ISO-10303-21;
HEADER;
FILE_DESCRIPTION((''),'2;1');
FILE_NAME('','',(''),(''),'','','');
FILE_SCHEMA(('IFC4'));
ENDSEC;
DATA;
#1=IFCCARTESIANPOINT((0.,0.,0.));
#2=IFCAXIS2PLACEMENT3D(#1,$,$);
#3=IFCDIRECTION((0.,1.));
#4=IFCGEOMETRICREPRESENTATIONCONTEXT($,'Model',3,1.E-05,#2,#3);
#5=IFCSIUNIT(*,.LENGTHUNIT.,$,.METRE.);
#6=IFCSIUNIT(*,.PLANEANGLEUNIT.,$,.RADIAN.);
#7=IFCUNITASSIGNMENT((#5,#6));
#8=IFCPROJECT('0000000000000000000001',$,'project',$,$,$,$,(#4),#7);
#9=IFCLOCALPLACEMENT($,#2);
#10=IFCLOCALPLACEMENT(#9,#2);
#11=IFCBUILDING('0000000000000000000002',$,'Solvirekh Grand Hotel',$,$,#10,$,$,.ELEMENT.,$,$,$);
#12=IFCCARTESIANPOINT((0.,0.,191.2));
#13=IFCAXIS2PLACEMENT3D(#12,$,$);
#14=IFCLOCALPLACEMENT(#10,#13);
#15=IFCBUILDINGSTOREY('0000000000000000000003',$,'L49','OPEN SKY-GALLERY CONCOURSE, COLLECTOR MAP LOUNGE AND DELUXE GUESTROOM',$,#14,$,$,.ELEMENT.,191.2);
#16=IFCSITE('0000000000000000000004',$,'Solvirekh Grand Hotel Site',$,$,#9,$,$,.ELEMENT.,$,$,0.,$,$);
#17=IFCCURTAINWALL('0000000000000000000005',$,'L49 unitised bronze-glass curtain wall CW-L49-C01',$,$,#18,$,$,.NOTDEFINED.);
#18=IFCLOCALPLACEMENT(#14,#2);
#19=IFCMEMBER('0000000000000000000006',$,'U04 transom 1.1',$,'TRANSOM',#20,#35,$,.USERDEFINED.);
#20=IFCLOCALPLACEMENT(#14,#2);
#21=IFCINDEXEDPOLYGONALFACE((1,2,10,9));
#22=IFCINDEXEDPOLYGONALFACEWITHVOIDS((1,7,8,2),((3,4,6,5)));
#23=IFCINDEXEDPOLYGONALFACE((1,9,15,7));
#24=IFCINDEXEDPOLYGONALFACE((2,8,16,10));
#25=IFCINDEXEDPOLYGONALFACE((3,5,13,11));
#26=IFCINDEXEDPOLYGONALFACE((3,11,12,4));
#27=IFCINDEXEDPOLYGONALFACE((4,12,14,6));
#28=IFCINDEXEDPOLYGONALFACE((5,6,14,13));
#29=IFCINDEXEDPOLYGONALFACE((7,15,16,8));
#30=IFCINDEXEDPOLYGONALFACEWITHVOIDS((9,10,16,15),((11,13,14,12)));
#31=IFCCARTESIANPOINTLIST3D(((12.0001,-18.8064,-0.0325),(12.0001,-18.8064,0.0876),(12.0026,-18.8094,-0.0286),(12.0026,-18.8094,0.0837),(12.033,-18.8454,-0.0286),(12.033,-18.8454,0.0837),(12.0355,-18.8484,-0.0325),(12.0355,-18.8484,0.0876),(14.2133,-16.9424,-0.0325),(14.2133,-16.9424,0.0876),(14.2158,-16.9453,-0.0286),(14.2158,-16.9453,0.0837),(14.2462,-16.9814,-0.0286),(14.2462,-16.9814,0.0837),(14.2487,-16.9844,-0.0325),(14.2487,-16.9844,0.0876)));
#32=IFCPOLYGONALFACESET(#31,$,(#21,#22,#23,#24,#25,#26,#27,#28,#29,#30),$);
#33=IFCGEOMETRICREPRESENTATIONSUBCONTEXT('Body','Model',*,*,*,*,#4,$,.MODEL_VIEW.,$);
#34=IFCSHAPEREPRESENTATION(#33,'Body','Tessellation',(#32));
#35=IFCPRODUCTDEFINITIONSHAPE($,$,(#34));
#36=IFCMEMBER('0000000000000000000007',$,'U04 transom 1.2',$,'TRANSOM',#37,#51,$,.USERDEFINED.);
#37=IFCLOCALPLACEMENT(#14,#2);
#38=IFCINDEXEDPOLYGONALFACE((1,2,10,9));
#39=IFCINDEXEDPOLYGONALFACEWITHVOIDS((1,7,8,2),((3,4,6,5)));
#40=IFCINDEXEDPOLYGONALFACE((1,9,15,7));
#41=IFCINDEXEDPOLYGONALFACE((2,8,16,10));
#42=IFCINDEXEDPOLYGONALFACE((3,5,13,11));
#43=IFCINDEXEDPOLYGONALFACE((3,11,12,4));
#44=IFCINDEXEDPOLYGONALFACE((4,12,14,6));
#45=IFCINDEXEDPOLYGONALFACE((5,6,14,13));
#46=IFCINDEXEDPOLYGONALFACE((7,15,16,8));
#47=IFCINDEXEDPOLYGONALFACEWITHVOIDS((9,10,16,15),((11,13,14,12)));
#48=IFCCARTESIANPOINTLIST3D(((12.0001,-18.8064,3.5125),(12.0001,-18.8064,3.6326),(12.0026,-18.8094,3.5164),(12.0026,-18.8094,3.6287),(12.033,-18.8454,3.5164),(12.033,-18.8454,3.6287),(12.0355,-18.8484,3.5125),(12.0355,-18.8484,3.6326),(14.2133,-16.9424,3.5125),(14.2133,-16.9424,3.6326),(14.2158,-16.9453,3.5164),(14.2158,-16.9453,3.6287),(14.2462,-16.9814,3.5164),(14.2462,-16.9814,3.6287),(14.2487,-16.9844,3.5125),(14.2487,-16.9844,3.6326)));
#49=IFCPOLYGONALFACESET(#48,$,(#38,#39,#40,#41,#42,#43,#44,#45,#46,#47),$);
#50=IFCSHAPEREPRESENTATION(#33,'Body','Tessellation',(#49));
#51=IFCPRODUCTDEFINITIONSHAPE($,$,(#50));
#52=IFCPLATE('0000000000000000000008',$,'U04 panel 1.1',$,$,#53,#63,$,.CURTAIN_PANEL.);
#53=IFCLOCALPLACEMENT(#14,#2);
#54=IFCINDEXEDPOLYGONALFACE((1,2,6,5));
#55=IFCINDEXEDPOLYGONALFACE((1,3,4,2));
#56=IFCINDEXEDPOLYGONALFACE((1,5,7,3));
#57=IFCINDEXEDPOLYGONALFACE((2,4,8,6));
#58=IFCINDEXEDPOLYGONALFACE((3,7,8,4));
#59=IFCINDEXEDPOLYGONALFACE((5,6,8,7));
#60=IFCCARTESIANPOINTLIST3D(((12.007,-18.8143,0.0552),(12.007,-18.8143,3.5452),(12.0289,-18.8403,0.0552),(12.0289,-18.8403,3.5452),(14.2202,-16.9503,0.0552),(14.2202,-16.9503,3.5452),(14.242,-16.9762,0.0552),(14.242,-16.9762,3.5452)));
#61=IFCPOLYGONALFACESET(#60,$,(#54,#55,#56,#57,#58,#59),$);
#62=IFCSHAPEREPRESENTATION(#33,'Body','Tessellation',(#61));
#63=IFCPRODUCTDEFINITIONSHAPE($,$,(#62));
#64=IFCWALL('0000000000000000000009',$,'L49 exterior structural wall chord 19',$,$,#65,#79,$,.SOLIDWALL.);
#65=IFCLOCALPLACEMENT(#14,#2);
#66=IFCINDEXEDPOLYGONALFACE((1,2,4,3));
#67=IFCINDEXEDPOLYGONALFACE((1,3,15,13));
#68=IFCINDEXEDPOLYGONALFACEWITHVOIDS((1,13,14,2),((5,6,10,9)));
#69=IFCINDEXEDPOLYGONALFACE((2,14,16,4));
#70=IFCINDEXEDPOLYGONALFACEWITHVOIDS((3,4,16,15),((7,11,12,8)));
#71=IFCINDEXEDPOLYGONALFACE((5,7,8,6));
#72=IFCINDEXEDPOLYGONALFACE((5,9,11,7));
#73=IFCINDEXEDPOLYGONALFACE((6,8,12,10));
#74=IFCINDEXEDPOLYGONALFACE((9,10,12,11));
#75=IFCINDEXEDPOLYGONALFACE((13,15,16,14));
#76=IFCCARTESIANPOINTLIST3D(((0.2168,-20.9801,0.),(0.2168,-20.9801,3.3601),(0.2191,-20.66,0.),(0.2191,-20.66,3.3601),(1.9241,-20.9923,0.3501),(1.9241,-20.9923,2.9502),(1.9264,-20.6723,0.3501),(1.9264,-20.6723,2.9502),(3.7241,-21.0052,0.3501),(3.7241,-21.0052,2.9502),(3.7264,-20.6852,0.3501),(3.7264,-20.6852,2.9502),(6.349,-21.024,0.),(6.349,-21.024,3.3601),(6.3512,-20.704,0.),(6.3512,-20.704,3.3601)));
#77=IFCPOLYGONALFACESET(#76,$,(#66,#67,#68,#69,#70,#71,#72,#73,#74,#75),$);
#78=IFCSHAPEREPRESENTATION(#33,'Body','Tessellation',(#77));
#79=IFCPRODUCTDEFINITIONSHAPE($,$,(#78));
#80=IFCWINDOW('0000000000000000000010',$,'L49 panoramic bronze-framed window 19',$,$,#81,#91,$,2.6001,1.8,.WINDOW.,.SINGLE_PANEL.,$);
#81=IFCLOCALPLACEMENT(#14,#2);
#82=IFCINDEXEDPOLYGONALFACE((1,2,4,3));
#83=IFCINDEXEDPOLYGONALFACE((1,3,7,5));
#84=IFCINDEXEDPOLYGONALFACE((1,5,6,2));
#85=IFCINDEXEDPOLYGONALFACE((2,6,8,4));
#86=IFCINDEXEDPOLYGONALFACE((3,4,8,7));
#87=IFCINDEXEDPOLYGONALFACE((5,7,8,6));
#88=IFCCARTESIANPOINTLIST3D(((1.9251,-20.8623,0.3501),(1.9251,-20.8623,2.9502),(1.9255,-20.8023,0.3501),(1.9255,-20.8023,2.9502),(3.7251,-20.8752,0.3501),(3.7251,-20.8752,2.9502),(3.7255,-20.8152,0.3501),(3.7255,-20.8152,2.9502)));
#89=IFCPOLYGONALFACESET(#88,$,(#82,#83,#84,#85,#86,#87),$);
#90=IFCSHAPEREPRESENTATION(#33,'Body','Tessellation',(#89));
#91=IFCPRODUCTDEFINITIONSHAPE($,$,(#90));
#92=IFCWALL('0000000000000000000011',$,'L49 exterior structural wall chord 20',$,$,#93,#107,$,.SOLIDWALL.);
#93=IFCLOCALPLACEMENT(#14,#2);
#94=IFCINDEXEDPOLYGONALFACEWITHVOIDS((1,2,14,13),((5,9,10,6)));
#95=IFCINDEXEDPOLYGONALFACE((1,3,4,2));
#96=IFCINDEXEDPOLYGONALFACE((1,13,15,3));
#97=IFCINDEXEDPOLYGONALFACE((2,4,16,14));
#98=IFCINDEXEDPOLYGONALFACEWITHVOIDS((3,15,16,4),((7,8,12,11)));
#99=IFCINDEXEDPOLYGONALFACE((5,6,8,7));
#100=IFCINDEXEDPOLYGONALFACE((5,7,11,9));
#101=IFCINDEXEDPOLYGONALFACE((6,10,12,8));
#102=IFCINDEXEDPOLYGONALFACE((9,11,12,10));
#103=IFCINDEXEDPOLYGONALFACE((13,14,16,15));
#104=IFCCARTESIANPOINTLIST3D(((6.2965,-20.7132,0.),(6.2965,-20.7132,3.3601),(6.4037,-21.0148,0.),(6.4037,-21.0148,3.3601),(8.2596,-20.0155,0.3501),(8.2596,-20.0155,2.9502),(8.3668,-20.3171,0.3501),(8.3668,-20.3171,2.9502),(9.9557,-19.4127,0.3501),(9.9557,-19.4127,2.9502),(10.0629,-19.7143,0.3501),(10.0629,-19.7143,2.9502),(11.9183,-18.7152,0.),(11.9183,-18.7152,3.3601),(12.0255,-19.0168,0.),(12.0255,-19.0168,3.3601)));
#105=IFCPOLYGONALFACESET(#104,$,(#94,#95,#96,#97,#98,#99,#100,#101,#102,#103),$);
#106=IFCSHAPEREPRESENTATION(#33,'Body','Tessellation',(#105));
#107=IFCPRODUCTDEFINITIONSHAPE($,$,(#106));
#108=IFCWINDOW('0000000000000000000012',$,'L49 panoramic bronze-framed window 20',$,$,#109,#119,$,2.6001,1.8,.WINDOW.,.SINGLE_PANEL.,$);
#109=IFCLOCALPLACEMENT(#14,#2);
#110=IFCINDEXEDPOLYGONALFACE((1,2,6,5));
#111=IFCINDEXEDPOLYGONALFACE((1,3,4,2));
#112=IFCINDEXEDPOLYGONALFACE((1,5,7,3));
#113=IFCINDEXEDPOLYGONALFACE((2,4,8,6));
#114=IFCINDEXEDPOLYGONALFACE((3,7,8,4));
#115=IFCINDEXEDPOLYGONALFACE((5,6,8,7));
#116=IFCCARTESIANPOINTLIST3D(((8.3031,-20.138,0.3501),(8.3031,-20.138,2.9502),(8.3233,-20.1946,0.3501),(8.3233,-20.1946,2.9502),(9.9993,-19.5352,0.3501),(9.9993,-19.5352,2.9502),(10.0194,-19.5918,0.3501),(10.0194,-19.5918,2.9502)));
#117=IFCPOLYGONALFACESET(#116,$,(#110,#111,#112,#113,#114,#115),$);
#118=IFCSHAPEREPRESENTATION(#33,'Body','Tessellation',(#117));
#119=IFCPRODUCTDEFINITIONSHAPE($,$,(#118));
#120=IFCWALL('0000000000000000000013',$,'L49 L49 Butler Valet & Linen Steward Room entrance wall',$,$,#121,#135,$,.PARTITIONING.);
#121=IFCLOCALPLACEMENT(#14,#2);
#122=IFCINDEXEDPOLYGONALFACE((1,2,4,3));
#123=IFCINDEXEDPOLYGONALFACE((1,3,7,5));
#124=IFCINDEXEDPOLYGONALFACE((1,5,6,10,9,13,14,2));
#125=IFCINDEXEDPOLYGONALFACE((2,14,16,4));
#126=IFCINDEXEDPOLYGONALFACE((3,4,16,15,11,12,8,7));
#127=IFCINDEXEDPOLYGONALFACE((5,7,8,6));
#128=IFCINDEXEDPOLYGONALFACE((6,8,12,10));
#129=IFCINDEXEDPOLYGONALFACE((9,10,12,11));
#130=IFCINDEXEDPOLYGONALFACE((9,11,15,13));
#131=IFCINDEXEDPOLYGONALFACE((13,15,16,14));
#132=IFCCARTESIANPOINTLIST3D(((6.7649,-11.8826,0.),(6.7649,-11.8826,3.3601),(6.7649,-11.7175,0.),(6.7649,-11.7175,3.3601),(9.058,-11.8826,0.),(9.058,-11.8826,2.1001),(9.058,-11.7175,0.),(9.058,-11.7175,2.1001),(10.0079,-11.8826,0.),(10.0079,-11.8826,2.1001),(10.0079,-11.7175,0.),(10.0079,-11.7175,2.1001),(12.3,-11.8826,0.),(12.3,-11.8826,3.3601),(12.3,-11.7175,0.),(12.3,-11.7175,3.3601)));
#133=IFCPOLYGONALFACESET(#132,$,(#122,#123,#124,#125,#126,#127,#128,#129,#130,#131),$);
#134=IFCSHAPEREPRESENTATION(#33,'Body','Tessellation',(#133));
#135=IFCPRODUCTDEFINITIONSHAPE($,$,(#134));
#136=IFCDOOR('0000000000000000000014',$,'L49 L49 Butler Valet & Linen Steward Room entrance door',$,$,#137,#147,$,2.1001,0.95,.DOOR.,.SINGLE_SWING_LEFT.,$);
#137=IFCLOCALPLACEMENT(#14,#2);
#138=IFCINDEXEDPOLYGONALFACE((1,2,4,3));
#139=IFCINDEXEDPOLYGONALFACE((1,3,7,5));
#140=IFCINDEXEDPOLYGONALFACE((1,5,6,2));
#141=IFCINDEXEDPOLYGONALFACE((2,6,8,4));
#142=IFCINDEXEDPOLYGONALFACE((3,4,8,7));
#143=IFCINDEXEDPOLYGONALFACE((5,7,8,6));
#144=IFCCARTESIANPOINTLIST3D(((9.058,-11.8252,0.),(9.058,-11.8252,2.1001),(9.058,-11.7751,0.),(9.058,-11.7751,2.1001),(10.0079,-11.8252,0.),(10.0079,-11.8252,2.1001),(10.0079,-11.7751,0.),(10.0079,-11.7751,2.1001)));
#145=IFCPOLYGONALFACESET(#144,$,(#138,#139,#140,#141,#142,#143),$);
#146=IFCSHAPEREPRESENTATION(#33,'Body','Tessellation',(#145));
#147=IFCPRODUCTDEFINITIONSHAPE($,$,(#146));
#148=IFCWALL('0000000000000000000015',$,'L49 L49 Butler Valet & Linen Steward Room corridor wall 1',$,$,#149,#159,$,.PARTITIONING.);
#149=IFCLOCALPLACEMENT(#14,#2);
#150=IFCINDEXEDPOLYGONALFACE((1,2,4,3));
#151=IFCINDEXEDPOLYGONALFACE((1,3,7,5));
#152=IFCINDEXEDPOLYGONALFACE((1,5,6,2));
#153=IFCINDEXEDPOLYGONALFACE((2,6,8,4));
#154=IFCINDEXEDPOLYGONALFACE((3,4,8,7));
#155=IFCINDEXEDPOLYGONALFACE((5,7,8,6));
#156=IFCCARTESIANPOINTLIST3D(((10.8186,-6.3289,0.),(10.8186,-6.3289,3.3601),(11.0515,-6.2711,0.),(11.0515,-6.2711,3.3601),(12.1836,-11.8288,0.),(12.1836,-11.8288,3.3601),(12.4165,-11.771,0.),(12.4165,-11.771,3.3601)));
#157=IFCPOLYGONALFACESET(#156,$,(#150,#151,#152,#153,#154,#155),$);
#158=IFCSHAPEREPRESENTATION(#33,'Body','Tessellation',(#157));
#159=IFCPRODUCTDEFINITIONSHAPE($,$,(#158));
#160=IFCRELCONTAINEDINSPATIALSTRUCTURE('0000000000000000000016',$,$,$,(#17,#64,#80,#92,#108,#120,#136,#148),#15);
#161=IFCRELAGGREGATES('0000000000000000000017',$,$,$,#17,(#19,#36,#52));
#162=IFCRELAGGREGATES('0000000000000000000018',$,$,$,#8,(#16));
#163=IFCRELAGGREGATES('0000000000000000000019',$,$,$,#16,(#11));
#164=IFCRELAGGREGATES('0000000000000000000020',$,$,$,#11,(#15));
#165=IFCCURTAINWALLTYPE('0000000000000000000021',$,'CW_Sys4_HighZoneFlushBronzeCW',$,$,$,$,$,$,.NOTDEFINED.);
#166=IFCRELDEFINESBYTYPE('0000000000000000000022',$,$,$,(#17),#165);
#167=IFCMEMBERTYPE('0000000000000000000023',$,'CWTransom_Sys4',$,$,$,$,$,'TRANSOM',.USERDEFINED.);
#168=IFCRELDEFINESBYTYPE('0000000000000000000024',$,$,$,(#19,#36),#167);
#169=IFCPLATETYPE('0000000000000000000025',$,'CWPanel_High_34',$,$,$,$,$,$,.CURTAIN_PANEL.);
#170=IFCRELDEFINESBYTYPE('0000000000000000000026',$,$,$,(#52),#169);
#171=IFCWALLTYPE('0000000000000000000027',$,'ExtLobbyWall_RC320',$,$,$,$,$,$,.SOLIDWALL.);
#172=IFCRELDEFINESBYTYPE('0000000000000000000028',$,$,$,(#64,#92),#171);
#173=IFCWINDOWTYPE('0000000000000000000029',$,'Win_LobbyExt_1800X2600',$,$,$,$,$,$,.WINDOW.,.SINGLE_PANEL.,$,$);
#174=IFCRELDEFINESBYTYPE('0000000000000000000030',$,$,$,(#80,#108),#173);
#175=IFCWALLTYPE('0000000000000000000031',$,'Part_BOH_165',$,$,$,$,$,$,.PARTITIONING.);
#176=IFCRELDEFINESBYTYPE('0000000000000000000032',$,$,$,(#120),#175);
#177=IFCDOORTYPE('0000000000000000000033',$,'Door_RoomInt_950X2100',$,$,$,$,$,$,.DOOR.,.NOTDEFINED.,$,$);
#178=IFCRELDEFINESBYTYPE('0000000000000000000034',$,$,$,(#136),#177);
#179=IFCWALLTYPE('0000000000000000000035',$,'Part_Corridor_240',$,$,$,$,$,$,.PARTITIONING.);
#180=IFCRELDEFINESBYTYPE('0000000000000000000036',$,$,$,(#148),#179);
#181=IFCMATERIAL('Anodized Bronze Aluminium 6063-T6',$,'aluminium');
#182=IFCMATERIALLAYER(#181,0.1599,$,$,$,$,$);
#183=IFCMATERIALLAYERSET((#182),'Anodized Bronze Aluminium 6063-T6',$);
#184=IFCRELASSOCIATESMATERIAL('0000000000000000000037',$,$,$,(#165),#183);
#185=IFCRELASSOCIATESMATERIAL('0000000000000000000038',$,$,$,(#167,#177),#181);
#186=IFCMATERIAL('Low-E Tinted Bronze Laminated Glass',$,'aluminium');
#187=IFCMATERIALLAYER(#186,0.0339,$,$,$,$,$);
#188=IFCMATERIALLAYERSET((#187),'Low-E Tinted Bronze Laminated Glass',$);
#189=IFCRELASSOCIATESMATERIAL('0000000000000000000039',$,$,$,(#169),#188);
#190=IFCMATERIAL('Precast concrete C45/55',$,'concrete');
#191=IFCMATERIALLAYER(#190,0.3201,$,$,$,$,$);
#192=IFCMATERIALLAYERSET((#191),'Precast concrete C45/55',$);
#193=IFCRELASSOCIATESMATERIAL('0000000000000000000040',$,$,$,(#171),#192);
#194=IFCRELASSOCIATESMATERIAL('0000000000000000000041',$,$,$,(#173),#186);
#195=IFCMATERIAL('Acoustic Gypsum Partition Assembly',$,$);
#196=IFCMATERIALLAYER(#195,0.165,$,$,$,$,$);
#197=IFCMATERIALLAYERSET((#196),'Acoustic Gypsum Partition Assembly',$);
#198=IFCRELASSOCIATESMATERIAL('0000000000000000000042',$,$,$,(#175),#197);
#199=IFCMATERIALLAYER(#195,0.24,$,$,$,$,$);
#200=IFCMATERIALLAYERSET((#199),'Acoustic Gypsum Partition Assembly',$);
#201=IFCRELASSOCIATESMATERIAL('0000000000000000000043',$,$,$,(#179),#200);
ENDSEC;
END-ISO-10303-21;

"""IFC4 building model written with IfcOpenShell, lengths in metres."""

from ifc_helpers import new_model, si_unit, direction, frame, frame_2d, origin, origin_2d, place, context, subcontext, project, spatial, rectangle, hollow_rectangle, extrude, source, transform, mapped, material, layer, layer_set, material_profile, profile_set, type_object, element, fill, aggregate, save


model = new_model("IFC4")

# Units and contexts
model_context = context("Model", 3, precision=1e-05, world=origin(), true_north=direction((0.0, 1.0)))
body_context = subcontext(model_context, "Body", "Model", "MODEL_VIEW")
ifc_project = project(units=[si_unit("LENGTHUNIT", "METRE"), si_unit("PLANEANGLEUNIT", "RADIAN")], contexts=[model_context])

# Site, building, storey
site_placement = place(None, origin())
site = spatial("IfcSite", under=ifc_project, at=site_placement, Name="Solvirekh Grand Hotel Site", CompositionType="ELEMENT", RefElevation=0.0)
building_placement = place(site_placement, origin())
building = spatial("IfcBuilding", under=site, at=building_placement, Name="Solvirekh Grand Hotel", CompositionType="ELEMENT")
storey_placement = place(building_placement, frame((0.0, 0.0, 191.2)))
storey = spatial("IfcBuildingStorey", under=building, at=storey_placement, Name="L49", Description="OPEN SKY-GALLERY CONCOURSE, COLLECTOR MAP LOUNGE AND DELUXE GUESTROOM", CompositionType="ELEMENT", Elevation=191.2)

# Curtain wall
ifc_material_1 = material(Name="Anodized Bronze Aluminium 6063-T6", Category="aluminium")
ifc_layer_1 = layer(ifc_material_1, 0.1599)
ifc_layer_set_1 = layer_set([ifc_layer_1], Name="Anodized Bronze Aluminium 6063-T6")
curtain_wall_type = type_object("IfcCurtainWallType", Name="CW_Sys4_HighZoneFlushBronzeCW", PredefinedType="NOTDEFINED", material=ifc_layer_set_1)
curtain_wall_1_placement = place(storey_placement, origin())
curtain_wall_1 = element("IfcCurtainWall", 1, at=curtain_wall_1_placement, inside=storey, type_object=curtain_wall_type, Name="L49 unitised bronze-glass curtain wall CW-L49-C01", PredefinedType="NOTDEFINED")

# Members
ifc_material_profile_1 = material_profile(ifc_material_1, hollow_rectangle(XDim=0.0549, YDim=0.1201, WallThickness=0.0039, at=origin_2d()), Name="ALU RHS 120X55X4")
ifc_profile_set_1 = profile_set([ifc_material_profile_1], Name="Anodized Bronze Aluminium 6063-T6")
member_type_1 = type_object("IfcMemberType", Name="CWTransom_Sys4", ElementType="TRANSOM", PredefinedType="USERDEFINED", material=ifc_profile_set_1)
shared_shape_1 = source(origin(), body_context, "Body", "SweptSolid", [
    extrude(hollow_rectangle(XDim=0.0549, YDim=0.1201, WallThickness=0.0039, at=origin_2d()), origin(), (0.0, 0.0, 1.0), 2.8936),
])
member_1_placement = place(storey_placement, frame((12.0178, -18.8274, 0.0276), z_axis=(0.764856, 0.644201, 0.0), x_axis=(-0.644201, 0.764856, 0.0)))
member_1 = element("IfcMember", 2, at=member_1_placement, type_object=member_type_1, Name="U04 transom 1.1", ObjectType="TRANSOM", PredefinedType="USERDEFINED", context=body_context, shape_type="MappedRepresentation", body=[
    mapped(shared_shape_1, transform((0.0, 0.0, 0.0), x_axis=(1.0, 0.0, 0.0), y_axis=(0.0, 1.0, 0.0), z_axis=(0.0, 0.0, 1.0), scale=1.0)),
])
member_2_placement = place(storey_placement, frame((12.0178, -18.8274, 3.5725), z_axis=(0.764856, 0.644201, 0.0), x_axis=(-0.644201, 0.764856, 0.0)))
member_2 = element("IfcMember", 3, at=member_2_placement, type_object=member_type_1, Name="U04 transom 1.2", ObjectType="TRANSOM", PredefinedType="USERDEFINED", context=body_context, shape_type="MappedRepresentation", body=[
    mapped(shared_shape_1, transform((0.0, 0.0, 0.0), x_axis=(1.0, 0.0, 0.0), y_axis=(0.0, 1.0, 0.0), z_axis=(0.0, 0.0, 1.0), scale=1.0)),
])

# Plate
ifc_material_2 = material(Name="Low-E Tinted Bronze Laminated Glass", Category="aluminium")
ifc_layer_2 = layer(ifc_material_2, 0.0339)
ifc_layer_set_2 = layer_set([ifc_layer_2], Name="Low-E Tinted Bronze Laminated Glass")
plate_type = type_object("IfcPlateType", Name="CWPanel_High_34", PredefinedType="CURTAIN_PANEL", material=ifc_layer_set_2)
shared_shape_2 = source(origin(), body_context, "Body", "SweptSolid", [
    extrude(rectangle(XDim=2.8936, YDim=0.0339, at=origin_2d()), origin(), (0.0, 0.0, 1.0), 3.49),
])
plate_placement = place(storey_placement, frame((13.1245, -17.8953, 0.0552), z_axis=(0.0, 0.0, 1.0), x_axis=(0.764859, 0.644198, 0.0)))
plate = element("IfcPlate", 4, at=plate_placement, type_object=plate_type, Name="U04 panel 1.1", PredefinedType="CURTAIN_PANEL", context=body_context, shape_type="MappedRepresentation", body=[
    mapped(shared_shape_2, transform((0.0, 0.0, 0.0), x_axis=(1.0, 0.0, 0.0), y_axis=(0.0, 1.0, 0.0), z_axis=(0.0, 0.0, 1.0), scale=1.0)),
])
aggregate(curtain_wall_1, [member_1, member_2, plate])

# Walls, openings, windows
ifc_material_3 = material(Name="Precast concrete C45/55", Category="concrete")
ifc_layer_3 = layer(ifc_material_3, 0.3201)
ifc_layer_set_3 = layer_set([ifc_layer_3], Name="Precast concrete C45/55")
wall_type_1 = type_object("IfcWallType", Name="ExtLobbyWall_RC320", PredefinedType="SOLIDWALL", material=ifc_layer_set_3)
wall_1_placement = place(storey_placement, frame((6.3501, -20.864, 0.0), z_axis=(0.0, 0.0, 1.0), x_axis=(-0.999974, 0.007166, 0.0)))
wall_1 = element("IfcWall", 5, at=wall_1_placement, inside=storey, type_object=wall_type_1, Name="L49 exterior structural wall chord 19", PredefinedType="SOLIDWALL", context=body_context, shape_type="SweptSolid", body=[
    extrude(rectangle(XDim=6.1323, YDim=0.3201, at=frame_2d((3.0662, 0.0))), origin(), (0.0, 0.0, 1.0), 3.3601),
])
opening_1_placement = place(wall_1_placement, frame((2.625, 0.0, 0.3501)))
opening_1 = element("IfcOpeningElement", 6, at=opening_1_placement, cuts=wall_1, PredefinedType="OPENING", context=body_context, shape_type="SweptSolid", body=[
    extrude(rectangle(XDim=1.8, YDim=2.6001, at=frame_2d((0.8999, 1.3))), frame((0.0, 0.1699, 0.0), z_axis=(0.0, -1.0, 0.0), x_axis=(1.0, 0.0, 0.0)), (0.0, 0.0, 1.0), 0.3401),
])
window_type = type_object("IfcWindowType", Name="Win_LobbyExt_1800X2600", PartitioningType="SINGLE_PANEL", PredefinedType="WINDOW", material=ifc_material_2)
window_1_placement = place(opening_1_placement, origin())
window_1 = element("IfcWindow", 7, at=window_1_placement, inside=storey, type_object=window_type, Name="L49 panoramic bronze-framed window 19", OverallHeight=2.6001, OverallWidth=1.8, PartitioningType="SINGLE_PANEL", PredefinedType="WINDOW", context=body_context, shape_type="SweptSolid", body=[
    extrude(rectangle(XDim=1.8, YDim=2.6001, at=frame_2d((0.8999, 1.3))), frame((0.0, 0.03, 0.0), z_axis=(0.0, -1.0, 0.0), x_axis=(1.0, 0.0, 0.0)), (0.0, 0.0, 1.0), 0.0601),
])
fill(opening_1, window_1)
wall_2_placement = place(storey_placement, frame((11.9719, -18.866, 0.0), z_axis=(0.0, 0.0, 1.0), x_axis=(-0.942258, -0.334887, 0.0)))
wall_2 = element("IfcWall", 8, at=wall_2_placement, inside=storey, type_object=wall_type_1, Name="L49 exterior structural wall chord 20", PredefinedType="SOLIDWALL", context=body_context, shape_type="SweptSolid", body=[
    extrude(rectangle(XDim=5.9663, YDim=0.3201, at=frame_2d((2.9832, 0.0))), origin(), (0.0, 0.0, 1.0), 3.3601),
])
opening_2_placement = place(wall_2_placement, frame((2.083, 0.0, 0.3501)))
opening_2 = element("IfcOpeningElement", 9, at=opening_2_placement, cuts=wall_2, PredefinedType="OPENING", context=body_context, shape_type="SweptSolid", body=[
    extrude(rectangle(XDim=1.8, YDim=2.6001, at=frame_2d((0.8999, 1.3))), frame((0.0, 0.1699, 0.0), z_axis=(0.0, -1.0, 0.0), x_axis=(1.0, 0.0, 0.0)), (0.0, 0.0, 1.0), 0.3401),
])
window_2_placement = place(opening_2_placement, origin())
window_2 = element("IfcWindow", 10, at=window_2_placement, inside=storey, type_object=window_type, Name="L49 panoramic bronze-framed window 20", OverallHeight=2.6001, OverallWidth=1.8, PartitioningType="SINGLE_PANEL", PredefinedType="WINDOW", context=body_context, shape_type="SweptSolid", body=[
    extrude(rectangle(XDim=1.8, YDim=2.6001, at=frame_2d((0.8999, 1.3))), frame((0.0, 0.03, 0.0), z_axis=(0.0, -1.0, 0.0), x_axis=(1.0, 0.0, 0.0)), (0.0, 0.0, 1.0), 0.0601),
])
fill(opening_2, window_2)

# Wall, opening, door
ifc_material_4 = material(Name="Acoustic Gypsum Partition Assembly")
ifc_layer_4 = layer(ifc_material_4, 0.165)
ifc_layer_set_4 = layer_set([ifc_layer_4], Name="Acoustic Gypsum Partition Assembly")
wall_type_2 = type_object("IfcWallType", Name="Part_BOH_165", PredefinedType="PARTITIONING", material=ifc_layer_set_4)
wall_3_placement = place(storey_placement, frame((6.7649, -11.8, 0.0), z_axis=(0.0, 0.0, 1.0), x_axis=(1.0, 0.0, 0.0)))
wall_3 = element("IfcWall", 11, at=wall_3_placement, inside=storey, type_object=wall_type_2, Name="L49 L49 Butler Valet & Linen Steward Room entrance wall", PredefinedType="PARTITIONING", context=body_context, shape_type="SweptSolid", body=[
    extrude(rectangle(XDim=5.5352, YDim=0.165, at=frame_2d((2.7676, 0.0))), origin(), (0.0, 0.0, 1.0), 3.3601),
])
opening_3_placement = place(wall_3_placement, frame((2.293, 0.0, 0.0)))
opening_3 = element("IfcOpeningElement", 12, at=opening_3_placement, cuts=wall_3, PredefinedType="OPENING", context=body_context, shape_type="SweptSolid", body=[
    extrude(rectangle(XDim=0.95, YDim=2.1001, at=frame_2d((0.4751, 1.05))), frame((0.0, 0.0925, 0.0), z_axis=(0.0, -1.0, 0.0), x_axis=(1.0, 0.0, 0.0)), (0.0, 0.0, 1.0), 0.1851),
])
door_type = type_object("IfcDoorType", Name="Door_RoomInt_950X2100", OperationType="NOTDEFINED", PredefinedType="DOOR", material=ifc_material_1)
door_placement = place(opening_3_placement, origin())
door = element("IfcDoor", 13, at=door_placement, inside=storey, type_object=door_type, Name="L49 L49 Butler Valet & Linen Steward Room entrance door", OperationType="SINGLE_SWING_LEFT", OverallHeight=2.1001, OverallWidth=0.95, PredefinedType="DOOR", context=body_context, shape_type="SweptSolid", body=[
    extrude(rectangle(XDim=0.95, YDim=2.1001, at=frame_2d((0.4751, 1.05))), frame((0.0, 0.0249, 0.0), z_axis=(0.0, -1.0, 0.0), x_axis=(1.0, 0.0, 0.0)), (0.0, 0.0, 1.0), 0.05),
])
fill(opening_3, door)

# Wall
ifc_layer_5 = layer(ifc_material_4, 0.24)
ifc_layer_set_5 = layer_set([ifc_layer_5], Name="Acoustic Gypsum Partition Assembly")
wall_type_3 = type_object("IfcWallType", Name="Part_Corridor_240", PredefinedType="PARTITIONING", material=ifc_layer_set_5)
wall_4_placement = place(storey_placement, frame((12.3, -11.8, 0.0), z_axis=(0.0, 0.0, 1.0), x_axis=(-0.240873, 0.970557, 0.0)))
element("IfcWall", 14, at=wall_4_placement, inside=storey, type_object=wall_type_3, Name="L49 L49 Butler Valet & Linen Steward Room corridor wall 1", PredefinedType="PARTITIONING", context=body_context, shape_type="SweptSolid", body=[
    extrude(rectangle(XDim=5.6667, YDim=0.24, at=frame_2d((2.8335, 0.0))), origin(), (0.0, 0.0, 1.0), 3.3601),
])

save(model, "model.ifc")
